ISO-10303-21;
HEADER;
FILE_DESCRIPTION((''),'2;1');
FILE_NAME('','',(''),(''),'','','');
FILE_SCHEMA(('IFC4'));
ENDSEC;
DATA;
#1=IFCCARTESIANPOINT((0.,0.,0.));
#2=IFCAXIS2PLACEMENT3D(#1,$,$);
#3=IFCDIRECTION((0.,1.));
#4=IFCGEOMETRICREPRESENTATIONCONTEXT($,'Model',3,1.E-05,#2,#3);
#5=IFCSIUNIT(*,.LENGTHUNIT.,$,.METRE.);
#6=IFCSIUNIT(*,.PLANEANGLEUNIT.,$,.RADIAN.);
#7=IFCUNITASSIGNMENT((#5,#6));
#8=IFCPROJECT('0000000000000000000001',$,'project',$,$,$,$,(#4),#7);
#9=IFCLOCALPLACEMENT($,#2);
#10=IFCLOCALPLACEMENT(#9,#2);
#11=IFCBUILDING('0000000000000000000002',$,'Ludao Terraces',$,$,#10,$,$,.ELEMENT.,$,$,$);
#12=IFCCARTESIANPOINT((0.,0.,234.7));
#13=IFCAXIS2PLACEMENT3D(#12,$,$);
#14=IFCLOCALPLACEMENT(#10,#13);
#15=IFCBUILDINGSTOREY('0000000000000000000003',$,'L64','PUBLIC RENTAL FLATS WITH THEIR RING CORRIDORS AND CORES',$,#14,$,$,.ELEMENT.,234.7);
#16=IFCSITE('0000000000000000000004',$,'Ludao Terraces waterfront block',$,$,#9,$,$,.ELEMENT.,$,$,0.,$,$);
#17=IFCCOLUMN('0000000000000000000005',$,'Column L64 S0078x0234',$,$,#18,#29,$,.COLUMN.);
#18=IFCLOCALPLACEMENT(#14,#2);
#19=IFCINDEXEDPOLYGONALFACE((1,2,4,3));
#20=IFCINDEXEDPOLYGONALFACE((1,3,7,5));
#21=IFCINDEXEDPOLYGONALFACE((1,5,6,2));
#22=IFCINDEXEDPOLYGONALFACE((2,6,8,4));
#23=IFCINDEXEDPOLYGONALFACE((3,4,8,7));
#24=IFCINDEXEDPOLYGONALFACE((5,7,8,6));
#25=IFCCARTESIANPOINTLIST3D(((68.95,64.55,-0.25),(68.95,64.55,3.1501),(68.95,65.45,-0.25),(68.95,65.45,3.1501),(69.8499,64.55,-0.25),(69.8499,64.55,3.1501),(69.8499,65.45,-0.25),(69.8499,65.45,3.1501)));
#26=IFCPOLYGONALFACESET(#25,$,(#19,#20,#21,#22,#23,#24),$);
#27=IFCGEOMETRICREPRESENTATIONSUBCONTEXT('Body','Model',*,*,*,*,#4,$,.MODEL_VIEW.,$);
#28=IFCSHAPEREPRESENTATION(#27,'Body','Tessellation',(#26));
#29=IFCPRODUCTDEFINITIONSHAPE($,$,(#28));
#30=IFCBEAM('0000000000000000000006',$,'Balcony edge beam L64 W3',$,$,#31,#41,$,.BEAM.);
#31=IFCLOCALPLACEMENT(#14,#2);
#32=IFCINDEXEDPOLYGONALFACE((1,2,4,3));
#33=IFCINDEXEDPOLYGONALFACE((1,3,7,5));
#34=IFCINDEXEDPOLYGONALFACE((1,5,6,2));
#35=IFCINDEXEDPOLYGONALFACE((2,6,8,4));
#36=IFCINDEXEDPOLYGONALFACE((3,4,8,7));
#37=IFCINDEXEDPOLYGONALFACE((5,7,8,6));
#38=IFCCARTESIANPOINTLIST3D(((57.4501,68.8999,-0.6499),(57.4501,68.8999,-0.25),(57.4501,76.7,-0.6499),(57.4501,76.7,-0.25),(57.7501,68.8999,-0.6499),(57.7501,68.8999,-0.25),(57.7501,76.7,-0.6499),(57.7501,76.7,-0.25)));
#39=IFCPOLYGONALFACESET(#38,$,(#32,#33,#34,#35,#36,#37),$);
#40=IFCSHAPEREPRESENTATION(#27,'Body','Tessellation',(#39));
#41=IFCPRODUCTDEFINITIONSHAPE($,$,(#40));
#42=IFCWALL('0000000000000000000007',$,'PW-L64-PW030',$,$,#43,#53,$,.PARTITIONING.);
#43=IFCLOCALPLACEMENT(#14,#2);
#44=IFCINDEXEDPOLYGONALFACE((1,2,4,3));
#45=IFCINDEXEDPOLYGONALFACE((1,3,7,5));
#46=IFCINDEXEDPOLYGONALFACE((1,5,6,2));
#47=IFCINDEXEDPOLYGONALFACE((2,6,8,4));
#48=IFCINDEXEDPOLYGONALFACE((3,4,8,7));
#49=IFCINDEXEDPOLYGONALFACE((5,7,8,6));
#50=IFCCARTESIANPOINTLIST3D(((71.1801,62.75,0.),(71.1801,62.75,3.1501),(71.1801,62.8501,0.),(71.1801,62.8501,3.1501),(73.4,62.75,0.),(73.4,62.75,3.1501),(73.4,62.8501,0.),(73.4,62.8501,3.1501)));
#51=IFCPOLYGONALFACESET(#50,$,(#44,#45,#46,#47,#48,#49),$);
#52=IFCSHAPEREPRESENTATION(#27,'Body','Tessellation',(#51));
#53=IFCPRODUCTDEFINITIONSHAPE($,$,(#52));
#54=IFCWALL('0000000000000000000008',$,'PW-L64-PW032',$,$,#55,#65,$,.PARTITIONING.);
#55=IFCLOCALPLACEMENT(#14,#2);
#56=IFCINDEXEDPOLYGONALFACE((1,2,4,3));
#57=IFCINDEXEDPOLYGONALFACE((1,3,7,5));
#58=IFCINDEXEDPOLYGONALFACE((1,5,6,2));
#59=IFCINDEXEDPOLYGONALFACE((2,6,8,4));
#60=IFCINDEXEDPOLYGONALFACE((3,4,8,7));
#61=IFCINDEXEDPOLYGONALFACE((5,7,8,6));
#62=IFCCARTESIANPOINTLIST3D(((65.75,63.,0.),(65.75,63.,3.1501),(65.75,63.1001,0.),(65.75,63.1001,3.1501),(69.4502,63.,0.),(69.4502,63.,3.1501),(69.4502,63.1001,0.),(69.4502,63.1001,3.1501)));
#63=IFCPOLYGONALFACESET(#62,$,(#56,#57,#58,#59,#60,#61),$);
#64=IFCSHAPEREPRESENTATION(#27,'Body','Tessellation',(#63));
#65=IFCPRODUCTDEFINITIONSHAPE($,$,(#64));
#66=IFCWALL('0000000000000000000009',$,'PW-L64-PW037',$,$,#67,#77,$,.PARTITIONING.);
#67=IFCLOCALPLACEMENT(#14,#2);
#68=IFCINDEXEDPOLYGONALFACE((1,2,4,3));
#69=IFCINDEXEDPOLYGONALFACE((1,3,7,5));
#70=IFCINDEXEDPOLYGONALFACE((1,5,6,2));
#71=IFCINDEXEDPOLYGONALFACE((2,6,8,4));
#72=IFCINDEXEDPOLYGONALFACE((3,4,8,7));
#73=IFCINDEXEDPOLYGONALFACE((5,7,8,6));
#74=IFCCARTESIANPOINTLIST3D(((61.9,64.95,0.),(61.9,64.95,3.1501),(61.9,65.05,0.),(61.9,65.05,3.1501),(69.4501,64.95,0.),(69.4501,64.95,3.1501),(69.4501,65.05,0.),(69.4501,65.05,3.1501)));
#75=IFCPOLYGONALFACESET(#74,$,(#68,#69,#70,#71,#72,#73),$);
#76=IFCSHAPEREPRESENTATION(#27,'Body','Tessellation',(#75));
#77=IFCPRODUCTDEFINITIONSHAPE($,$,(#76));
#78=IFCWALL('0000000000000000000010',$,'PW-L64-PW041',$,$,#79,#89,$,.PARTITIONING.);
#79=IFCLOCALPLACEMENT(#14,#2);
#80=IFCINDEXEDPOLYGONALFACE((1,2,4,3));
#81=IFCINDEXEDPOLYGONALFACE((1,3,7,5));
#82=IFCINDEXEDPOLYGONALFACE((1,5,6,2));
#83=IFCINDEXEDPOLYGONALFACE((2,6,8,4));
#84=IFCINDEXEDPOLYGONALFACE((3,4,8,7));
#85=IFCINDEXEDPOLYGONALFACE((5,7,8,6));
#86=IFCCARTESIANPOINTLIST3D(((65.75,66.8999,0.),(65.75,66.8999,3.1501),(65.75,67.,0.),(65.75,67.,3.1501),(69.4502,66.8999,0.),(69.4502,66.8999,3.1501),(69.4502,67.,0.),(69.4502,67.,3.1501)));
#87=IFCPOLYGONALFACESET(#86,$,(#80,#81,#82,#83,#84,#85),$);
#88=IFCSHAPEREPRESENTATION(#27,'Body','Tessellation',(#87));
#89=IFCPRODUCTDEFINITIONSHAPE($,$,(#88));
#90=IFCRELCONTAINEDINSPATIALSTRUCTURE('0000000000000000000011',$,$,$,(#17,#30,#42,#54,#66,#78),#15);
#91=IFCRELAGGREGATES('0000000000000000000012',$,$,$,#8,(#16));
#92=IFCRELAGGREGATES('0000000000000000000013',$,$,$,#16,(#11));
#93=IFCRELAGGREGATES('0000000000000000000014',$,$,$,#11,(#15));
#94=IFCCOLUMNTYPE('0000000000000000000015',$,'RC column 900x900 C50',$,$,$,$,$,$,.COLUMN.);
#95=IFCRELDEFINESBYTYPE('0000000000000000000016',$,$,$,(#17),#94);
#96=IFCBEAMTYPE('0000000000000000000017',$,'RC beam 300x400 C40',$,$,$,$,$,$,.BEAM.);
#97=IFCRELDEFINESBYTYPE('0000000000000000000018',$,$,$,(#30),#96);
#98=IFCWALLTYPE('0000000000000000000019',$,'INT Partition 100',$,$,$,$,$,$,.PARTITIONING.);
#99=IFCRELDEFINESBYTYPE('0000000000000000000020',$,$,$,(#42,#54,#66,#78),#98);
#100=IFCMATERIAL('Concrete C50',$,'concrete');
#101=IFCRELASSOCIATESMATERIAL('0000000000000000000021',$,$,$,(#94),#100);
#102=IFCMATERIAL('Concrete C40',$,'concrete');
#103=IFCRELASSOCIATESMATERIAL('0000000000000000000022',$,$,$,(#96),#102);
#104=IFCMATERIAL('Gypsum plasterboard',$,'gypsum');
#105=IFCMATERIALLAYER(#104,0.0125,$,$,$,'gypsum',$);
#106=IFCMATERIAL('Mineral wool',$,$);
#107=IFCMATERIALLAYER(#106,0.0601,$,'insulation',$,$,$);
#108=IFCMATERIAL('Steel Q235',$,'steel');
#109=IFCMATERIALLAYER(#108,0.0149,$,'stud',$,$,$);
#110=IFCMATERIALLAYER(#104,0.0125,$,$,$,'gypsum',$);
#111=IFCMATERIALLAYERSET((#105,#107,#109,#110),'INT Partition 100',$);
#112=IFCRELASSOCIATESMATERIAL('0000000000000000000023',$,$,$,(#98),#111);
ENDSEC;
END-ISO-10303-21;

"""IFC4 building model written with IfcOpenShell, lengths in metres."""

from ifc_helpers import new_model, si_unit, direction, frame, frame_2d, origin, origin_2d, place, context, subcontext, project, spatial, rectangle, extrude, material, layer, layer_set, material_profile, profile_set, type_object, element, save


model = new_model("IFC4")

# Units and contexts
model_context = context("Model", 3, precision=1e-05, world=origin(), true_north=direction((0.0, 1.0)))
body_context = subcontext(model_context, "Body", "Model", "MODEL_VIEW")
ifc_project = project(units=[si_unit("LENGTHUNIT", "METRE"), si_unit("PLANEANGLEUNIT", "RADIAN")], contexts=[model_context])

# Site, building, storey
site_placement = place(None, origin())
site = spatial("IfcSite", under=ifc_project, at=site_placement, Name="Ludao Terraces waterfront block", CompositionType="ELEMENT", RefElevation=0.0)
building_placement = place(site_placement, origin())
building = spatial("IfcBuilding", under=site, at=building_placement, Name="Ludao Terraces", CompositionType="ELEMENT")
storey_placement = place(building_placement, frame((0.0, 0.0, 234.7)))
storey = spatial("IfcBuildingStorey", under=building, at=storey_placement, Name="L64", Description="PUBLIC RENTAL FLATS WITH THEIR RING CORRIDORS AND CORES", CompositionType="ELEMENT", Elevation=234.7)

# Column
ifc_material_1 = material(Name="Concrete C50", Category="concrete")
ifc_material_profile_1 = material_profile(ifc_material_1, rectangle(XDim=0.8999, YDim=0.8999, at=origin_2d()), Name="900 X 900")
ifc_profile_set_1 = profile_set([ifc_material_profile_1], Name="Concrete C50")
column_type = type_object("IfcColumnType", Name="RC column 900x900 C50", PredefinedType="COLUMN", material=ifc_profile_set_1)
column_placement = place(storey_placement, frame((69.3999, 65.0, -0.25), z_axis=(0.0, 0.0, 1.0), x_axis=(1.0, 0.0, 0.0)))
element("IfcColumn", 1, at=column_placement, inside=storey, type_object=column_type, Name="Column L64 S0078x0234", PredefinedType="COLUMN", context=body_context, shape_type="SweptSolid", body=[
    extrude(rectangle(XDim=0.8999, YDim=0.8999, at=origin_2d()), origin(), (0.0, 0.0, 1.0), 3.4001),
])

# Beam
ifc_material_2 = material(Name="Concrete C40", Category="concrete")
ifc_material_profile_2 = material_profile(ifc_material_2, rectangle(XDim=0.3, YDim=0.3999, at=origin_2d()), Name="300 X 400")
ifc_profile_set_2 = profile_set([ifc_material_profile_2], Name="Concrete C40")
beam_type = type_object("IfcBeamType", Name="RC beam 300x400 C40", PredefinedType="BEAM", material=ifc_profile_set_2)
beam_placement = place(storey_placement, frame((57.6001, 68.8999, -0.45), z_axis=(0.0, 1.0, 0.0), x_axis=(-1.0, 0.0, 0.0)))
element("IfcBeam", 2, at=beam_placement, inside=storey, type_object=beam_type, Name="Balcony edge beam L64 W3", PredefinedType="BEAM", context=body_context, shape_type="SweptSolid", body=[
    extrude(rectangle(XDim=0.3, YDim=0.3999, at=origin_2d()), origin(), (0.0, 0.0, 1.0), 7.8),
])

# Shared definitions
ifc_material_3 = material(Name="Mineral wool")

# Walls
ifc_material_4 = material(Name="Gypsum plasterboard", Category="gypsum")
ifc_layer_1 = layer(ifc_material_4, 0.0125, Category="gypsum")
ifc_layer_2 = layer(ifc_material_3, 0.0601, Name="insulation")
ifc_material_5 = material(Name="Steel Q235", Category="steel")
ifc_layer_3 = layer(ifc_material_5, 0.0149, Name="stud")
ifc_layer_4 = layer(ifc_material_4, 0.0125, Category="gypsum")
ifc_layer_set_1 = layer_set([ifc_layer_1, ifc_layer_2, ifc_layer_3, ifc_layer_4], Name="INT Partition 100")
wall_type_1 = type_object("IfcWallType", Name="INT Partition 100", PredefinedType="PARTITIONING", material=ifc_layer_set_1)
wall_1_placement = place(storey_placement, frame((71.1802, 62.8, 0.0), z_axis=(0.0, 0.0, 1.0), x_axis=(1.0, 0.0, 0.0)))
element("IfcWall", 3, at=wall_1_placement, inside=storey, type_object=wall_type_1, Name="PW-L64-PW030", PredefinedType="PARTITIONING", context=body_context, shape_type="SweptSolid", body=[
    extrude(rectangle(XDim=2.22, YDim=0.1001, at=frame_2d((1.1099, 0.0))), origin(), (0.0, 0.0, 1.0), 3.1501),
])
wall_2_placement = place(storey_placement, frame((65.75, 63.05, 0.0), z_axis=(0.0, 0.0, 1.0), x_axis=(1.0, 0.0, 0.0)))
element("IfcWall", 4, at=wall_2_placement, inside=storey, type_object=wall_type_1, Name="PW-L64-PW032", PredefinedType="PARTITIONING", context=body_context, shape_type="SweptSolid", body=[
    extrude(rectangle(XDim=3.7002, YDim=0.1001, at=frame_2d((1.8501, 0.0))), origin(), (0.0, 0.0, 1.0), 3.1501),
])
wall_3_placement = place(storey_placement, frame((61.9001, 65.0, 0.0), z_axis=(0.0, 0.0, 1.0), x_axis=(1.0, 0.0, 0.0)))
element("IfcWall", 5, at=wall_3_placement, inside=storey, type_object=wall_type_1, Name="PW-L64-PW037", PredefinedType="PARTITIONING", context=body_context, shape_type="SweptSolid", body=[
    extrude(rectangle(XDim=7.55, YDim=0.1001, at=frame_2d((3.7749, 0.0))), origin(), (0.0, 0.0, 1.0), 3.1501),
])
wall_4_placement = place(storey_placement, frame((65.75, 66.95, 0.0), z_axis=(0.0, 0.0, 1.0), x_axis=(1.0, 0.0, 0.0)))
element("IfcWall", 6, at=wall_4_placement, inside=storey, type_object=wall_type_1, Name="PW-L64-PW041", PredefinedType="PARTITIONING", context=body_context, shape_type="SweptSolid", body=[
    extrude(rectangle(XDim=3.7002, YDim=0.1001, at=frame_2d((1.8501, 0.0))), origin(), (0.0, 0.0, 1.0), 3.1501),
])

save(model, "model.ifc")
